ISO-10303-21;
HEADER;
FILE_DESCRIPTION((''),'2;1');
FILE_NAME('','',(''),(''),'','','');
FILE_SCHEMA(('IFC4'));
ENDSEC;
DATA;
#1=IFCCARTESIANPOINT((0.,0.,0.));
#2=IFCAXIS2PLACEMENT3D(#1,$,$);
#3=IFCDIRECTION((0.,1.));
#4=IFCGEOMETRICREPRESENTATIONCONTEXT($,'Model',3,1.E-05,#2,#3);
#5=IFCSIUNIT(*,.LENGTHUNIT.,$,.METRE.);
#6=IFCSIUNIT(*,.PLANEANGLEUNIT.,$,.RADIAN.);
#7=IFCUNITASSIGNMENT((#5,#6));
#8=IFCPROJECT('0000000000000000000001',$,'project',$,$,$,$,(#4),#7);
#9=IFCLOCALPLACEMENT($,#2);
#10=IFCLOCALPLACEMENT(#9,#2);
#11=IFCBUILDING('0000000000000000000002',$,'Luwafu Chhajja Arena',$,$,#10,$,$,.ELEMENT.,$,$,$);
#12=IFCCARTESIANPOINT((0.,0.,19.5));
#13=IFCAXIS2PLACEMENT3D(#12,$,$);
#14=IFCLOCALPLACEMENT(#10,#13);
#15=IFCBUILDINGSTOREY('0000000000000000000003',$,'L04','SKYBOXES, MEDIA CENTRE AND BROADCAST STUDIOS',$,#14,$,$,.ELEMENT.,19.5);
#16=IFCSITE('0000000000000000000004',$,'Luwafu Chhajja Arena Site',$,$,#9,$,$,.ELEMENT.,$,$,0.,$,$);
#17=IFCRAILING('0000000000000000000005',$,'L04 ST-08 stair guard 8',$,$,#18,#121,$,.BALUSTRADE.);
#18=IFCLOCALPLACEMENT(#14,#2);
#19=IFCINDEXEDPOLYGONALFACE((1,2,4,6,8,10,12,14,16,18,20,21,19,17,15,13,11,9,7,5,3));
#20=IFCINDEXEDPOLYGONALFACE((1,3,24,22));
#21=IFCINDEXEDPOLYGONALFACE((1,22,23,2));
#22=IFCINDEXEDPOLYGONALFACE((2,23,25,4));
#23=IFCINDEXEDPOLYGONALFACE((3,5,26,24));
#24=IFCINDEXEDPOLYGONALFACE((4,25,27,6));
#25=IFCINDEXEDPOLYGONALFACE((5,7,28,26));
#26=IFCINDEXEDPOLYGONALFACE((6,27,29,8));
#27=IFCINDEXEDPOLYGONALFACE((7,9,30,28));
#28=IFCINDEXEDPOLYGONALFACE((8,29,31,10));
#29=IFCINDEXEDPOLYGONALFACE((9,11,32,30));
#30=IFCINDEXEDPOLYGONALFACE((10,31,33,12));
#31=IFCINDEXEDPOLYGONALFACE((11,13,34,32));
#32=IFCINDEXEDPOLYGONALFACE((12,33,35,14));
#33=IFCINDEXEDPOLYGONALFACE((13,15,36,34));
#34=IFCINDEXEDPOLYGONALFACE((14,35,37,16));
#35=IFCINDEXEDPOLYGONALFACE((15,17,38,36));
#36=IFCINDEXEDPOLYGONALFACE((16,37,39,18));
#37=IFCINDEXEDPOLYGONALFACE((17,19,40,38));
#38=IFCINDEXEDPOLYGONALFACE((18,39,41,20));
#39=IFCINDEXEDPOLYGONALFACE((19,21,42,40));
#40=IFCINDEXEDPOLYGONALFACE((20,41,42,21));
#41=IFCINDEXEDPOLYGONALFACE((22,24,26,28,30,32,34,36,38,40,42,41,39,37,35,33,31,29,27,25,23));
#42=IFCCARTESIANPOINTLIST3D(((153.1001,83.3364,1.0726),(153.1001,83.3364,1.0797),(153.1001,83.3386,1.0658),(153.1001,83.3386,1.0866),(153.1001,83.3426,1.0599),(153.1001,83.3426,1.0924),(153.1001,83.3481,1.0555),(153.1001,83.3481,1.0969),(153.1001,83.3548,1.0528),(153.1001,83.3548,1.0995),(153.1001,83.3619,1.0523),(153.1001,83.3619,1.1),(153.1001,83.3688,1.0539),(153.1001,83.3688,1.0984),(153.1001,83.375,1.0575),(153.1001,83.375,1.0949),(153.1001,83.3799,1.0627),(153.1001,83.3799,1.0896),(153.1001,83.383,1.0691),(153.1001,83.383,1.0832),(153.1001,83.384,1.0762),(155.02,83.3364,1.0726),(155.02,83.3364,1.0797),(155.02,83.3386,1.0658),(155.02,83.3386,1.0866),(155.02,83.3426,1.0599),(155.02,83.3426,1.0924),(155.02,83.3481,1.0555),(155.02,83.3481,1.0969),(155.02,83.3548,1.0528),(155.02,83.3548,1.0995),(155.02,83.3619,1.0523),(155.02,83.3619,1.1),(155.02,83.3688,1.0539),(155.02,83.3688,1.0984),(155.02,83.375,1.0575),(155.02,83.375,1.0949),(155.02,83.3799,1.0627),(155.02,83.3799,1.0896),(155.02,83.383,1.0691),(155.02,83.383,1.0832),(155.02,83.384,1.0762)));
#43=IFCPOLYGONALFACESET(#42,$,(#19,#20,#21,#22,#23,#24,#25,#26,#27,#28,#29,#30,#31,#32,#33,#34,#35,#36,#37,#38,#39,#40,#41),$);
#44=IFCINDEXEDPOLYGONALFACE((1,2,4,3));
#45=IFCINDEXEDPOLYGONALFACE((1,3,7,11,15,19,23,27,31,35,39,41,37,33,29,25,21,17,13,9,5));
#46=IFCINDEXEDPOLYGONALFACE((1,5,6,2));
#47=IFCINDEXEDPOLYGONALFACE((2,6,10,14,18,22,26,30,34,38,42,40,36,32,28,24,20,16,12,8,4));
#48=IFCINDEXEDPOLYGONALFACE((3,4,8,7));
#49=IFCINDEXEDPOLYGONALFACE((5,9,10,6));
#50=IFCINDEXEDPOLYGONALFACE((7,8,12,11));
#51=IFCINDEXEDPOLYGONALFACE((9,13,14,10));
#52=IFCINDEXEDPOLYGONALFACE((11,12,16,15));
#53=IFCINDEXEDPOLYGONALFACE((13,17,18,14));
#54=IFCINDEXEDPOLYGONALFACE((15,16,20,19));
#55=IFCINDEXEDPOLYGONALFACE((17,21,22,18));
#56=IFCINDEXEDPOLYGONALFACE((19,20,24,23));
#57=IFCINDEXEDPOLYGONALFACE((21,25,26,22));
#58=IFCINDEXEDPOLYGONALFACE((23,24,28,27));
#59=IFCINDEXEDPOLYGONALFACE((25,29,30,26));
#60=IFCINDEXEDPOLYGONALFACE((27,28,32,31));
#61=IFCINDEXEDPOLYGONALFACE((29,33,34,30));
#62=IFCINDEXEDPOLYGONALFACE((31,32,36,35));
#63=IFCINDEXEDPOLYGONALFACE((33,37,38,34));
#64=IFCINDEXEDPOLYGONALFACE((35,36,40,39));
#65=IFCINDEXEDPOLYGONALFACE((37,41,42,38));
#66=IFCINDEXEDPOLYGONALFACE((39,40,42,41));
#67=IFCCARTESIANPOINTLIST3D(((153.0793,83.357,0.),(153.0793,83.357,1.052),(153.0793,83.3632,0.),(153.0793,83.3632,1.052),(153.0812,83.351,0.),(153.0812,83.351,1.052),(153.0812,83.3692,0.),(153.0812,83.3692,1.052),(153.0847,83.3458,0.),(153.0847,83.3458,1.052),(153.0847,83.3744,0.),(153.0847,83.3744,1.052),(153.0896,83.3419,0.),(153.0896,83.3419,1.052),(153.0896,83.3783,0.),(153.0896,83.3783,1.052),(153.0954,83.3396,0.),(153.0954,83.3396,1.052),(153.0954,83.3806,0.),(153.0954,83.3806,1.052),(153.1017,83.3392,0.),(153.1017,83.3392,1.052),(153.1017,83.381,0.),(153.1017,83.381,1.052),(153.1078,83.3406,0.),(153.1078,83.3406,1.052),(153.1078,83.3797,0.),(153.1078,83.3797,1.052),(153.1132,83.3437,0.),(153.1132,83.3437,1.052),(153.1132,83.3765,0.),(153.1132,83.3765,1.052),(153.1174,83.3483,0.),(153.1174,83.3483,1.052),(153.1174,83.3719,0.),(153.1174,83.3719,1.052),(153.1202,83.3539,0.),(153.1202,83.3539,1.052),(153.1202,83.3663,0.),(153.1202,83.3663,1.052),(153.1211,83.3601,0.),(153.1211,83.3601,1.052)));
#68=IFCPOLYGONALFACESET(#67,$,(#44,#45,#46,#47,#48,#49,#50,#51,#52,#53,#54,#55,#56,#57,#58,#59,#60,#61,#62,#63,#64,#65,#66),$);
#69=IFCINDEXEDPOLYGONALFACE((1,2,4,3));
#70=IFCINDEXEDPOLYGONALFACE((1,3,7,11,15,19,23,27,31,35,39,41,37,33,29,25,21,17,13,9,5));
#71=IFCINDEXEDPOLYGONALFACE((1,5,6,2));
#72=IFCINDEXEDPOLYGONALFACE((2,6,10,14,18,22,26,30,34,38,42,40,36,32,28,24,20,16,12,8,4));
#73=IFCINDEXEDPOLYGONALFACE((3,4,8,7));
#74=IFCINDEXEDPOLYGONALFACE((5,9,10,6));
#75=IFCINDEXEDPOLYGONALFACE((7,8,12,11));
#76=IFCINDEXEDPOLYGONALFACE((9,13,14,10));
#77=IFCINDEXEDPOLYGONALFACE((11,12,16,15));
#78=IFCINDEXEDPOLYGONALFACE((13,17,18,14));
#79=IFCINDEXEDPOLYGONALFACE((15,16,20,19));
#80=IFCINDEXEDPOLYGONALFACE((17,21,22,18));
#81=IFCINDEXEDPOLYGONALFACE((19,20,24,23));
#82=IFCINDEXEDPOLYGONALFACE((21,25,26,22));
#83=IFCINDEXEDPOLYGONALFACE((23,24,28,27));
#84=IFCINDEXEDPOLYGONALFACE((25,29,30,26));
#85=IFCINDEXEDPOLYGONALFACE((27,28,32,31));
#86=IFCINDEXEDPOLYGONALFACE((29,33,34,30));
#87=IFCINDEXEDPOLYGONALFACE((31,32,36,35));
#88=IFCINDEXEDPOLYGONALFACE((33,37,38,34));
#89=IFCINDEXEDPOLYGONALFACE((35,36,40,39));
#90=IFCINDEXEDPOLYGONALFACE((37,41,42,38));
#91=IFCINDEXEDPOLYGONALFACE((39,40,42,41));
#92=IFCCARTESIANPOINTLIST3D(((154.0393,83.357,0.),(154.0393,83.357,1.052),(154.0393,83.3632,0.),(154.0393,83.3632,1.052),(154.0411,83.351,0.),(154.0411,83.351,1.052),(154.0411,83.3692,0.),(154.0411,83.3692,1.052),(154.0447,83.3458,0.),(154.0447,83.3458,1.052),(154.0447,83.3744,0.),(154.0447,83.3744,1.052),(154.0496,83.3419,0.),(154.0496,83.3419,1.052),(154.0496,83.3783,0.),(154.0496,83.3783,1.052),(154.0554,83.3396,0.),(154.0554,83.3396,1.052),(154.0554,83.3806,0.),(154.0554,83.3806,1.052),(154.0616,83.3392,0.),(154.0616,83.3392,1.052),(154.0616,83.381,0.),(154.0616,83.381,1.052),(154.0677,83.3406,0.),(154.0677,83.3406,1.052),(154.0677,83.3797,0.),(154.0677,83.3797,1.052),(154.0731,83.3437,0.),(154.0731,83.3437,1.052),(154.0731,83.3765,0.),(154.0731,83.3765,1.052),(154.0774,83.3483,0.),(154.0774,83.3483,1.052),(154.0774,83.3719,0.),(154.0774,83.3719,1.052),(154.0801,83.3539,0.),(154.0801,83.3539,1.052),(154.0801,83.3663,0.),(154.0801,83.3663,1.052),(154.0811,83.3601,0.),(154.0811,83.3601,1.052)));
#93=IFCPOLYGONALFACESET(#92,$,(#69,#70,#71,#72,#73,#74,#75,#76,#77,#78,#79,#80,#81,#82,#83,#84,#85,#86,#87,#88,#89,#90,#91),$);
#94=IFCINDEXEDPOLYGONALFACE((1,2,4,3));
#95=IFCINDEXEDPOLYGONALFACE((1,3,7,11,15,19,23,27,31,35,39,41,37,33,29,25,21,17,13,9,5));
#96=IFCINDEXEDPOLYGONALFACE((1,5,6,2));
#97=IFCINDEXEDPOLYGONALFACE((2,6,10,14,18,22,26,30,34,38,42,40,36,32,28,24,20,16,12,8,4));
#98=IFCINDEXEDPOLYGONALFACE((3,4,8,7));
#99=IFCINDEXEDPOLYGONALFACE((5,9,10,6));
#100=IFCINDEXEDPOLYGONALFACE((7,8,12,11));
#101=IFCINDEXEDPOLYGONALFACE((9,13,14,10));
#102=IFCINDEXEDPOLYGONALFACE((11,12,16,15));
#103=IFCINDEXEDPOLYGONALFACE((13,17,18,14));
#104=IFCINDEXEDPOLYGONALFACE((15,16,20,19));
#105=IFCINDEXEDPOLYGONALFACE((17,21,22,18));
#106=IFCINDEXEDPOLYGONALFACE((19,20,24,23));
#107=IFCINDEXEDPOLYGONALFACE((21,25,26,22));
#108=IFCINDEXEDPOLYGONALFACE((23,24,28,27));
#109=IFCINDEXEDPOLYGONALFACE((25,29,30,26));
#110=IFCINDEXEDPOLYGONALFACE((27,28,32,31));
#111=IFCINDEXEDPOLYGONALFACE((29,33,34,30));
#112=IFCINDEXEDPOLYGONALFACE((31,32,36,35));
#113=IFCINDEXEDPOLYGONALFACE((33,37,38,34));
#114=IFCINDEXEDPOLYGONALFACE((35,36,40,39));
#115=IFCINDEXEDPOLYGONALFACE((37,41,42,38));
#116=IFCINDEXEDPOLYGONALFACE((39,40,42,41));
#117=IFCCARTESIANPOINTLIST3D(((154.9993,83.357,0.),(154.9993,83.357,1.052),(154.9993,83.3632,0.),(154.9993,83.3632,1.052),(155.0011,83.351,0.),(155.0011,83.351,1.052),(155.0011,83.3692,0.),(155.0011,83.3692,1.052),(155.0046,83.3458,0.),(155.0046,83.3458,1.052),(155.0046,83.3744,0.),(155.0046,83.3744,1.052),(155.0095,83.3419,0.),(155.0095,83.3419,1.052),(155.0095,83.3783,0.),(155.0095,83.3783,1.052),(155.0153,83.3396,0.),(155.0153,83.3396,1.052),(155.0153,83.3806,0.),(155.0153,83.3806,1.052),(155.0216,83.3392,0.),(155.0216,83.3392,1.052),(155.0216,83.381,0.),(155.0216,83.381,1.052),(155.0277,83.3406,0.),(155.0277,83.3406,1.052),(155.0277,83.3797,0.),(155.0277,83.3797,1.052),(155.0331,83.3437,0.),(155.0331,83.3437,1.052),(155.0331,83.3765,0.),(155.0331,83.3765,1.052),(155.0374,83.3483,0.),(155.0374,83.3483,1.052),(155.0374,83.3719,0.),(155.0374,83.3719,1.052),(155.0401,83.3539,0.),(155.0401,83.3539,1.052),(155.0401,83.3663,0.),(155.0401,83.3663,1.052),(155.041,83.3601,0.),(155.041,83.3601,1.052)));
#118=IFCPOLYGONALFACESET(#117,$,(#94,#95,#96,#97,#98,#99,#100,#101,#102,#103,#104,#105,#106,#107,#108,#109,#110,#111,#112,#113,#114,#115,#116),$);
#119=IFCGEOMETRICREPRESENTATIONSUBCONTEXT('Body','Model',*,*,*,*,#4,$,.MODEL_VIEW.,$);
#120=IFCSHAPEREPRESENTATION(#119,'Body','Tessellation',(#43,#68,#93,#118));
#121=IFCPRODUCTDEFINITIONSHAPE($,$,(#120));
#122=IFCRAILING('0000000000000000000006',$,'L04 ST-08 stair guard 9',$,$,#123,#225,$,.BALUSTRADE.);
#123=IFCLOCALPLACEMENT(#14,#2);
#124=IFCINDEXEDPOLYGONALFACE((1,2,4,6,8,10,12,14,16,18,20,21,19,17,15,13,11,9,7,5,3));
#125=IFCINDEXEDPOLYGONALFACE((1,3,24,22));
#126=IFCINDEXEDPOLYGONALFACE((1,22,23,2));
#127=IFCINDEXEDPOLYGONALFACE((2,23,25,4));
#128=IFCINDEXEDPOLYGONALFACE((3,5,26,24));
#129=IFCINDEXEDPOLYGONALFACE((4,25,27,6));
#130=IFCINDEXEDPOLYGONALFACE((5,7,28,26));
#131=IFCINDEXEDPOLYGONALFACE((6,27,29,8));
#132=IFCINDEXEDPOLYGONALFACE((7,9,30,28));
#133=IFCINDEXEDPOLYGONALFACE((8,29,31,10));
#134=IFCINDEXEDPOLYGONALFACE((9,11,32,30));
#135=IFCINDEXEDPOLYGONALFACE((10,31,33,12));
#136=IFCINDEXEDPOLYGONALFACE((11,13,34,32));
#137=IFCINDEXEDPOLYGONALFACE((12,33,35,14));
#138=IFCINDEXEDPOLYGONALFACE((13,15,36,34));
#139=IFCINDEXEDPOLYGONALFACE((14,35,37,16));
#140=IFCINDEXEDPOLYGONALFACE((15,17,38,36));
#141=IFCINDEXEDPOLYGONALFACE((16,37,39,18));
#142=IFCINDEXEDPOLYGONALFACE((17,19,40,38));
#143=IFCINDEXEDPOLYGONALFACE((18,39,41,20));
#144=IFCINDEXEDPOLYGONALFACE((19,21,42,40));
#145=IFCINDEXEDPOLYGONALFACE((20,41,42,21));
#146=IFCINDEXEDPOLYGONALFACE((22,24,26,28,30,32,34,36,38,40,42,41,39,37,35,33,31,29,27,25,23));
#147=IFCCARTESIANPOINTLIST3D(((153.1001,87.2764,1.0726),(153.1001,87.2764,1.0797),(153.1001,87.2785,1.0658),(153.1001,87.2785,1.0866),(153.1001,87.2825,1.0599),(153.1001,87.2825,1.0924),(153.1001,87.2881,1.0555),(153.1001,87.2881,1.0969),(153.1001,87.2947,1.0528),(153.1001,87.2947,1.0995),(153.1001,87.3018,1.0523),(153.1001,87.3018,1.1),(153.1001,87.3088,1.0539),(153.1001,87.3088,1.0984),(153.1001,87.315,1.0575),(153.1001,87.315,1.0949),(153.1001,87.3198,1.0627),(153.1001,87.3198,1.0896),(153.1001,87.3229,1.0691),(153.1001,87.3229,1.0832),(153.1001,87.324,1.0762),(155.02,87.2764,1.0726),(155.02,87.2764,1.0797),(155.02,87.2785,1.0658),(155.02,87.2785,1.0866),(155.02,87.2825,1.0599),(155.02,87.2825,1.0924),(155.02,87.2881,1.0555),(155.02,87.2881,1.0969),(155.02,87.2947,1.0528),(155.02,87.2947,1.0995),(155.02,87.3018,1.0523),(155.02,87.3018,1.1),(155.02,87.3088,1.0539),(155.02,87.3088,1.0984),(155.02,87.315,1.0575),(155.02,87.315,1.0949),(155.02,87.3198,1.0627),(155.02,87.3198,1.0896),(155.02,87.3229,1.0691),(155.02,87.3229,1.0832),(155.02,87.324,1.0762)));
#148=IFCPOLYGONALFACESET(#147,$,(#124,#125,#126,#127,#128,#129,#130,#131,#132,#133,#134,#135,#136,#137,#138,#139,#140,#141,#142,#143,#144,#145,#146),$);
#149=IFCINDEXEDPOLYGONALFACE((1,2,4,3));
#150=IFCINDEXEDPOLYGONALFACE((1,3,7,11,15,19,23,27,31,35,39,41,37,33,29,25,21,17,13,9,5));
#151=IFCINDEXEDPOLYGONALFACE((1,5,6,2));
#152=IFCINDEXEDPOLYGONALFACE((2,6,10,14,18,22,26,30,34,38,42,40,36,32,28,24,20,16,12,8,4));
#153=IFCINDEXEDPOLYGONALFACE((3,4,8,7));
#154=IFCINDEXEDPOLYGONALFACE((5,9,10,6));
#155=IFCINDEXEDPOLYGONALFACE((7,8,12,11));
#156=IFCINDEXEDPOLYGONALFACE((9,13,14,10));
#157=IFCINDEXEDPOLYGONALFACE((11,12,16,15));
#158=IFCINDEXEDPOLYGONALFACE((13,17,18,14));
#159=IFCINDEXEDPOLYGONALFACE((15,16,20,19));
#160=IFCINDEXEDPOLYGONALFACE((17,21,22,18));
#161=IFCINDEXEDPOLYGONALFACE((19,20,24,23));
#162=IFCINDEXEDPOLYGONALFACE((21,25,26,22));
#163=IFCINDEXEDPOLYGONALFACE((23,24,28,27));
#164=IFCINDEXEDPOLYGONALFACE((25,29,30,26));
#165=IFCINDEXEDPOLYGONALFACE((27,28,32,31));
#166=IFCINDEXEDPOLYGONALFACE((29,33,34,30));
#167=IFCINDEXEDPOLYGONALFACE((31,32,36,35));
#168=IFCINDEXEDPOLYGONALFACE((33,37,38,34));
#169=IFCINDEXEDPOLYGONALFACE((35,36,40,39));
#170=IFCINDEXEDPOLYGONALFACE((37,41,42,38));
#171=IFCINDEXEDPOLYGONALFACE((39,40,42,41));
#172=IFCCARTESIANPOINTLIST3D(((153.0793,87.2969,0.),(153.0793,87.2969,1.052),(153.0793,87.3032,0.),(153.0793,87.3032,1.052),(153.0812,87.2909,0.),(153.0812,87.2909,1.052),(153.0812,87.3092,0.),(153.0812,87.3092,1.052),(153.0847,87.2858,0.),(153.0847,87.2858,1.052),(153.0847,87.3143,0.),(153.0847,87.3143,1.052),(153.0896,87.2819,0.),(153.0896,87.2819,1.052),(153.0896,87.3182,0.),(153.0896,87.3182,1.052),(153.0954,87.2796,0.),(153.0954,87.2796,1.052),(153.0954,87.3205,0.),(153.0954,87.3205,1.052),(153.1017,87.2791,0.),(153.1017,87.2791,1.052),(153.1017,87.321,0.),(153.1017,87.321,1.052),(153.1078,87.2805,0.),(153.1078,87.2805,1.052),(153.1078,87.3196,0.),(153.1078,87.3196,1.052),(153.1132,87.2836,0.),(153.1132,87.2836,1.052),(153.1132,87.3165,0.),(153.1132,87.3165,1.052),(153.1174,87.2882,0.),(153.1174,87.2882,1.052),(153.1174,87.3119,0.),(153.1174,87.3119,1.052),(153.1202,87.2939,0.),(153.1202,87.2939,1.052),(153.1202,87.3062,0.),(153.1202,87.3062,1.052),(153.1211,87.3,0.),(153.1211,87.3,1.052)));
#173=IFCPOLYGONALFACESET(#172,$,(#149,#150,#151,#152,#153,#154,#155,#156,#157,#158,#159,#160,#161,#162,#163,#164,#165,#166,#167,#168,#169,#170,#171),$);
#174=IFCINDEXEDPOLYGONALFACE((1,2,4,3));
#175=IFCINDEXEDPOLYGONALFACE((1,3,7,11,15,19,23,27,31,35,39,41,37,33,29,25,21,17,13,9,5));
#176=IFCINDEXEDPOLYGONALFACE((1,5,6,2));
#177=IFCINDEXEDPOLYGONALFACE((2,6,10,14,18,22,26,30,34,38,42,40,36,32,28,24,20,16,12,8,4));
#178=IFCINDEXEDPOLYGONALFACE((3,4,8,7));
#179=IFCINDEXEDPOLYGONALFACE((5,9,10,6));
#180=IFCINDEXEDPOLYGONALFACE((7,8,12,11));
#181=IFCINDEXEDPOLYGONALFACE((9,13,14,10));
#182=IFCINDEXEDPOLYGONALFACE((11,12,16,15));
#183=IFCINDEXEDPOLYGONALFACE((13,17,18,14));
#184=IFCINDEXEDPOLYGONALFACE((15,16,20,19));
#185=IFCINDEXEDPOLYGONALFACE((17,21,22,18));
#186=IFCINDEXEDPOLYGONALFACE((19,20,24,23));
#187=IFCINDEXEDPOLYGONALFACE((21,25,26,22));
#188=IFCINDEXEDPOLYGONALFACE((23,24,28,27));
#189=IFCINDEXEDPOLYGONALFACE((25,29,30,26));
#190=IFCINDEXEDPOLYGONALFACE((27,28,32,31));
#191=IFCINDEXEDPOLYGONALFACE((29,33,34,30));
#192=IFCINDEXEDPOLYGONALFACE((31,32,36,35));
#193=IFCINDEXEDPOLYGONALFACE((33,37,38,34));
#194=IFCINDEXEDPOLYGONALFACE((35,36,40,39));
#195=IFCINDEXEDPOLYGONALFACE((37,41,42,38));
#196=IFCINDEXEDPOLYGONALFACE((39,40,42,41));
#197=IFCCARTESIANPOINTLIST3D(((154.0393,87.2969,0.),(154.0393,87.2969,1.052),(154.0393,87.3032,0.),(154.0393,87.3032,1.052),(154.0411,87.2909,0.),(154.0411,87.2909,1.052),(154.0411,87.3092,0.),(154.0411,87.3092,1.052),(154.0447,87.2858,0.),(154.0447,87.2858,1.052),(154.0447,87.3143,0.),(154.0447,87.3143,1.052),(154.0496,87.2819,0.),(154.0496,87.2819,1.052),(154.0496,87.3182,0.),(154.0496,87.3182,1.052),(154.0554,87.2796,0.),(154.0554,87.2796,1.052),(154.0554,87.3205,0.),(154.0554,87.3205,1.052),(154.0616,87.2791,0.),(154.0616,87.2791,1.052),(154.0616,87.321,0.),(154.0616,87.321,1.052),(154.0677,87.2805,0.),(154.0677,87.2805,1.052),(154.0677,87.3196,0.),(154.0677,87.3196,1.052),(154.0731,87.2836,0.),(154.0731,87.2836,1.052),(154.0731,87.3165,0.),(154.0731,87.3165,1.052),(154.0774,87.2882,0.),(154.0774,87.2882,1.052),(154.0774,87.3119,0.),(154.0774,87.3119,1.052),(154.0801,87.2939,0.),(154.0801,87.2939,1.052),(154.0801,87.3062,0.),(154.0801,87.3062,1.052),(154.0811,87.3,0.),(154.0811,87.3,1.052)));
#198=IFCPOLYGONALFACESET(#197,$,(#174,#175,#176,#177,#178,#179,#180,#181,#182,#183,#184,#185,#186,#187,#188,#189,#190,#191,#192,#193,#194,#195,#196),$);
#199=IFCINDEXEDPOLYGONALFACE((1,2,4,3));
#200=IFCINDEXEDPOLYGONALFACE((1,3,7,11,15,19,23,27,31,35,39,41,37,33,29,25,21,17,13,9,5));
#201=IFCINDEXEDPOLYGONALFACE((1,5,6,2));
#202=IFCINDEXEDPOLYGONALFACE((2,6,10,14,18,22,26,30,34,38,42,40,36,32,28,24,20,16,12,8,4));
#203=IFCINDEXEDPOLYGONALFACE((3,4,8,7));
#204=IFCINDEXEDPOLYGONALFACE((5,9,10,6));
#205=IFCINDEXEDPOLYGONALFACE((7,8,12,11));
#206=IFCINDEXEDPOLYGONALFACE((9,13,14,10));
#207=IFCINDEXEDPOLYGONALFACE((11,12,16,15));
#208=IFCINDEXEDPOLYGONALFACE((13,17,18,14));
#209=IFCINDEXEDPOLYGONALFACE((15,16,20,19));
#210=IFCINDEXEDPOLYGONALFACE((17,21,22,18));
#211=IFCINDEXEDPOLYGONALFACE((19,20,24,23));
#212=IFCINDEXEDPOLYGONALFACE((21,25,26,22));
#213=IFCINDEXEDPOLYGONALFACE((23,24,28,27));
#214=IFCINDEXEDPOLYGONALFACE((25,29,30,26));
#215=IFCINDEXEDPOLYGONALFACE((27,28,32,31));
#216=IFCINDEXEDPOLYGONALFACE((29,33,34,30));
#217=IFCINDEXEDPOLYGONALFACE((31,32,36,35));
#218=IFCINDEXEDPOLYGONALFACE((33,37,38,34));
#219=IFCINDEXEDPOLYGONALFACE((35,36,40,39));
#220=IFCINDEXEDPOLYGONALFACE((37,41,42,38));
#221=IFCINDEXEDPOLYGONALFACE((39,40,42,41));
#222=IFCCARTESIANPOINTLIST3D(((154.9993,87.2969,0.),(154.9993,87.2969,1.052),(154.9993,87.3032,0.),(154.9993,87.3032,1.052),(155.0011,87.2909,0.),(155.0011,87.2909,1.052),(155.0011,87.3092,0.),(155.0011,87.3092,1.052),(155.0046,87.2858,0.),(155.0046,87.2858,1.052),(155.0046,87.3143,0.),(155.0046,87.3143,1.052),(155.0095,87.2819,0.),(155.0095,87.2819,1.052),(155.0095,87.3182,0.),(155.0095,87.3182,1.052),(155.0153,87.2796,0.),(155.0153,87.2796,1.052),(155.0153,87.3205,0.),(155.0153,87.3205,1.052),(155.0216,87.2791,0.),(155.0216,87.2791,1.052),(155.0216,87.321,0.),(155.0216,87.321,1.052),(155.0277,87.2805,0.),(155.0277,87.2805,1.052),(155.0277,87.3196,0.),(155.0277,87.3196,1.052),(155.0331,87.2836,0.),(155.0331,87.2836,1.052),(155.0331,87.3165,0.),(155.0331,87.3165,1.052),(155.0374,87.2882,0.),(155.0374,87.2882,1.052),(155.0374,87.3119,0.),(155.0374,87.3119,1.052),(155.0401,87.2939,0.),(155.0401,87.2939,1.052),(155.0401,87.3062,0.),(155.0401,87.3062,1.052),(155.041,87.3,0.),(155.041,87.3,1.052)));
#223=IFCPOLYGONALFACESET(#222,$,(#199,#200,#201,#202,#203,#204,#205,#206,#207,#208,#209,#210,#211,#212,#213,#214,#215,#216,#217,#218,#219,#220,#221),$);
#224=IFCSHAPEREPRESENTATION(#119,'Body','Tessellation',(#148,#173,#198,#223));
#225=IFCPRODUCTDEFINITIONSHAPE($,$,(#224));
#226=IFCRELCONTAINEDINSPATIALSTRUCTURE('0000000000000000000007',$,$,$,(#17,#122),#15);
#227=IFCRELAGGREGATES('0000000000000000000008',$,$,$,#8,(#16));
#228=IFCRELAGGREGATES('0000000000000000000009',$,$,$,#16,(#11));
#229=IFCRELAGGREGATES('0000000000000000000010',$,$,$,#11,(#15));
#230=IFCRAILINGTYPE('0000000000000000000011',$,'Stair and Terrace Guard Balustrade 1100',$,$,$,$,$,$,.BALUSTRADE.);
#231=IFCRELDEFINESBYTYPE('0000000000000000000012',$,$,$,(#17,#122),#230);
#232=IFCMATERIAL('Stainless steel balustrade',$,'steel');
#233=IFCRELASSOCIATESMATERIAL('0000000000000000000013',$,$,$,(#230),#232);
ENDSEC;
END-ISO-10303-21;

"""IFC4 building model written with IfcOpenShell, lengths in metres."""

from ifc_helpers import new_model, si_unit, direction, frame, origin, origin_2d, place, context, subcontext, project, spatial, circle, extrude, material, type_object, element, save


model = new_model("IFC4")

# Units and contexts
model_context = context("Model", 3, precision=1e-05, world=origin(), true_north=direction((0.0, 1.0)))
body_context = subcontext(model_context, "Body", "Model", "MODEL_VIEW")
ifc_project = project(units=[si_unit("LENGTHUNIT", "METRE"), si_unit("PLANEANGLEUNIT", "RADIAN")], contexts=[model_context])

# Site, building, storey
site_placement = place(None, origin())
site = spatial("IfcSite", under=ifc_project, at=site_placement, Name="Luwafu Chhajja Arena Site", CompositionType="ELEMENT", RefElevation=0.0)
building_placement = place(site_placement, origin())
building = spatial("IfcBuilding", under=site, at=building_placement, Name="Luwafu Chhajja Arena", CompositionType="ELEMENT")
storey_placement = place(building_placement, frame((0.0, 0.0, 19.5)))
storey = spatial("IfcBuildingStorey", under=building, at=storey_placement, Name="L04", Description="SKYBOXES, MEDIA CENTRE AND BROADCAST STUDIOS", CompositionType="ELEMENT", Elevation=19.5)

# Railings
ifc_material_1 = material(Name="Stainless steel balustrade", Category="steel")
railing_type = type_object("IfcRailingType", Name="Stair and Terrace Guard Balustrade 1100", PredefinedType="BALUSTRADE", material=ifc_material_1)
for number, where, name in (
    (1, (153.1001, 83.3601, 0.0), "L04 ST-08 stair guard 8"),
    (2, (153.1001, 87.3, 0.0), "L04 ST-08 stair guard 9"),
):
    element("IfcRailing", number, at=place(storey_placement, frame(where)), inside=storey, type_object=railing_type, Name=name, PredefinedType="BALUSTRADE", context=body_context, shape_type="SweptSolid", body=[
        extrude(circle(Radius=0.0239, at=origin_2d()), frame((0.0, 0.0, 1.0762), z_axis=(1.0, 0.0, 0.0), x_axis=(0.0, 1.0, 0.0)), (0.0, 0.0, 1.0), 1.9199),
        extrude(circle(Radius=0.021, at=origin_2d()), origin(), (0.0, 0.0, 1.0), 1.052),
        extrude(circle(Radius=0.021, at=origin_2d()), frame((0.96, 0.0, 0.0)), (0.0, 0.0, 1.0), 1.052),
        extrude(circle(Radius=0.021, at=origin_2d()), frame((1.9199, 0.0, 0.0)), (0.0, 0.0, 1.0), 1.052),
    ])

save(model, "model.ifc")
